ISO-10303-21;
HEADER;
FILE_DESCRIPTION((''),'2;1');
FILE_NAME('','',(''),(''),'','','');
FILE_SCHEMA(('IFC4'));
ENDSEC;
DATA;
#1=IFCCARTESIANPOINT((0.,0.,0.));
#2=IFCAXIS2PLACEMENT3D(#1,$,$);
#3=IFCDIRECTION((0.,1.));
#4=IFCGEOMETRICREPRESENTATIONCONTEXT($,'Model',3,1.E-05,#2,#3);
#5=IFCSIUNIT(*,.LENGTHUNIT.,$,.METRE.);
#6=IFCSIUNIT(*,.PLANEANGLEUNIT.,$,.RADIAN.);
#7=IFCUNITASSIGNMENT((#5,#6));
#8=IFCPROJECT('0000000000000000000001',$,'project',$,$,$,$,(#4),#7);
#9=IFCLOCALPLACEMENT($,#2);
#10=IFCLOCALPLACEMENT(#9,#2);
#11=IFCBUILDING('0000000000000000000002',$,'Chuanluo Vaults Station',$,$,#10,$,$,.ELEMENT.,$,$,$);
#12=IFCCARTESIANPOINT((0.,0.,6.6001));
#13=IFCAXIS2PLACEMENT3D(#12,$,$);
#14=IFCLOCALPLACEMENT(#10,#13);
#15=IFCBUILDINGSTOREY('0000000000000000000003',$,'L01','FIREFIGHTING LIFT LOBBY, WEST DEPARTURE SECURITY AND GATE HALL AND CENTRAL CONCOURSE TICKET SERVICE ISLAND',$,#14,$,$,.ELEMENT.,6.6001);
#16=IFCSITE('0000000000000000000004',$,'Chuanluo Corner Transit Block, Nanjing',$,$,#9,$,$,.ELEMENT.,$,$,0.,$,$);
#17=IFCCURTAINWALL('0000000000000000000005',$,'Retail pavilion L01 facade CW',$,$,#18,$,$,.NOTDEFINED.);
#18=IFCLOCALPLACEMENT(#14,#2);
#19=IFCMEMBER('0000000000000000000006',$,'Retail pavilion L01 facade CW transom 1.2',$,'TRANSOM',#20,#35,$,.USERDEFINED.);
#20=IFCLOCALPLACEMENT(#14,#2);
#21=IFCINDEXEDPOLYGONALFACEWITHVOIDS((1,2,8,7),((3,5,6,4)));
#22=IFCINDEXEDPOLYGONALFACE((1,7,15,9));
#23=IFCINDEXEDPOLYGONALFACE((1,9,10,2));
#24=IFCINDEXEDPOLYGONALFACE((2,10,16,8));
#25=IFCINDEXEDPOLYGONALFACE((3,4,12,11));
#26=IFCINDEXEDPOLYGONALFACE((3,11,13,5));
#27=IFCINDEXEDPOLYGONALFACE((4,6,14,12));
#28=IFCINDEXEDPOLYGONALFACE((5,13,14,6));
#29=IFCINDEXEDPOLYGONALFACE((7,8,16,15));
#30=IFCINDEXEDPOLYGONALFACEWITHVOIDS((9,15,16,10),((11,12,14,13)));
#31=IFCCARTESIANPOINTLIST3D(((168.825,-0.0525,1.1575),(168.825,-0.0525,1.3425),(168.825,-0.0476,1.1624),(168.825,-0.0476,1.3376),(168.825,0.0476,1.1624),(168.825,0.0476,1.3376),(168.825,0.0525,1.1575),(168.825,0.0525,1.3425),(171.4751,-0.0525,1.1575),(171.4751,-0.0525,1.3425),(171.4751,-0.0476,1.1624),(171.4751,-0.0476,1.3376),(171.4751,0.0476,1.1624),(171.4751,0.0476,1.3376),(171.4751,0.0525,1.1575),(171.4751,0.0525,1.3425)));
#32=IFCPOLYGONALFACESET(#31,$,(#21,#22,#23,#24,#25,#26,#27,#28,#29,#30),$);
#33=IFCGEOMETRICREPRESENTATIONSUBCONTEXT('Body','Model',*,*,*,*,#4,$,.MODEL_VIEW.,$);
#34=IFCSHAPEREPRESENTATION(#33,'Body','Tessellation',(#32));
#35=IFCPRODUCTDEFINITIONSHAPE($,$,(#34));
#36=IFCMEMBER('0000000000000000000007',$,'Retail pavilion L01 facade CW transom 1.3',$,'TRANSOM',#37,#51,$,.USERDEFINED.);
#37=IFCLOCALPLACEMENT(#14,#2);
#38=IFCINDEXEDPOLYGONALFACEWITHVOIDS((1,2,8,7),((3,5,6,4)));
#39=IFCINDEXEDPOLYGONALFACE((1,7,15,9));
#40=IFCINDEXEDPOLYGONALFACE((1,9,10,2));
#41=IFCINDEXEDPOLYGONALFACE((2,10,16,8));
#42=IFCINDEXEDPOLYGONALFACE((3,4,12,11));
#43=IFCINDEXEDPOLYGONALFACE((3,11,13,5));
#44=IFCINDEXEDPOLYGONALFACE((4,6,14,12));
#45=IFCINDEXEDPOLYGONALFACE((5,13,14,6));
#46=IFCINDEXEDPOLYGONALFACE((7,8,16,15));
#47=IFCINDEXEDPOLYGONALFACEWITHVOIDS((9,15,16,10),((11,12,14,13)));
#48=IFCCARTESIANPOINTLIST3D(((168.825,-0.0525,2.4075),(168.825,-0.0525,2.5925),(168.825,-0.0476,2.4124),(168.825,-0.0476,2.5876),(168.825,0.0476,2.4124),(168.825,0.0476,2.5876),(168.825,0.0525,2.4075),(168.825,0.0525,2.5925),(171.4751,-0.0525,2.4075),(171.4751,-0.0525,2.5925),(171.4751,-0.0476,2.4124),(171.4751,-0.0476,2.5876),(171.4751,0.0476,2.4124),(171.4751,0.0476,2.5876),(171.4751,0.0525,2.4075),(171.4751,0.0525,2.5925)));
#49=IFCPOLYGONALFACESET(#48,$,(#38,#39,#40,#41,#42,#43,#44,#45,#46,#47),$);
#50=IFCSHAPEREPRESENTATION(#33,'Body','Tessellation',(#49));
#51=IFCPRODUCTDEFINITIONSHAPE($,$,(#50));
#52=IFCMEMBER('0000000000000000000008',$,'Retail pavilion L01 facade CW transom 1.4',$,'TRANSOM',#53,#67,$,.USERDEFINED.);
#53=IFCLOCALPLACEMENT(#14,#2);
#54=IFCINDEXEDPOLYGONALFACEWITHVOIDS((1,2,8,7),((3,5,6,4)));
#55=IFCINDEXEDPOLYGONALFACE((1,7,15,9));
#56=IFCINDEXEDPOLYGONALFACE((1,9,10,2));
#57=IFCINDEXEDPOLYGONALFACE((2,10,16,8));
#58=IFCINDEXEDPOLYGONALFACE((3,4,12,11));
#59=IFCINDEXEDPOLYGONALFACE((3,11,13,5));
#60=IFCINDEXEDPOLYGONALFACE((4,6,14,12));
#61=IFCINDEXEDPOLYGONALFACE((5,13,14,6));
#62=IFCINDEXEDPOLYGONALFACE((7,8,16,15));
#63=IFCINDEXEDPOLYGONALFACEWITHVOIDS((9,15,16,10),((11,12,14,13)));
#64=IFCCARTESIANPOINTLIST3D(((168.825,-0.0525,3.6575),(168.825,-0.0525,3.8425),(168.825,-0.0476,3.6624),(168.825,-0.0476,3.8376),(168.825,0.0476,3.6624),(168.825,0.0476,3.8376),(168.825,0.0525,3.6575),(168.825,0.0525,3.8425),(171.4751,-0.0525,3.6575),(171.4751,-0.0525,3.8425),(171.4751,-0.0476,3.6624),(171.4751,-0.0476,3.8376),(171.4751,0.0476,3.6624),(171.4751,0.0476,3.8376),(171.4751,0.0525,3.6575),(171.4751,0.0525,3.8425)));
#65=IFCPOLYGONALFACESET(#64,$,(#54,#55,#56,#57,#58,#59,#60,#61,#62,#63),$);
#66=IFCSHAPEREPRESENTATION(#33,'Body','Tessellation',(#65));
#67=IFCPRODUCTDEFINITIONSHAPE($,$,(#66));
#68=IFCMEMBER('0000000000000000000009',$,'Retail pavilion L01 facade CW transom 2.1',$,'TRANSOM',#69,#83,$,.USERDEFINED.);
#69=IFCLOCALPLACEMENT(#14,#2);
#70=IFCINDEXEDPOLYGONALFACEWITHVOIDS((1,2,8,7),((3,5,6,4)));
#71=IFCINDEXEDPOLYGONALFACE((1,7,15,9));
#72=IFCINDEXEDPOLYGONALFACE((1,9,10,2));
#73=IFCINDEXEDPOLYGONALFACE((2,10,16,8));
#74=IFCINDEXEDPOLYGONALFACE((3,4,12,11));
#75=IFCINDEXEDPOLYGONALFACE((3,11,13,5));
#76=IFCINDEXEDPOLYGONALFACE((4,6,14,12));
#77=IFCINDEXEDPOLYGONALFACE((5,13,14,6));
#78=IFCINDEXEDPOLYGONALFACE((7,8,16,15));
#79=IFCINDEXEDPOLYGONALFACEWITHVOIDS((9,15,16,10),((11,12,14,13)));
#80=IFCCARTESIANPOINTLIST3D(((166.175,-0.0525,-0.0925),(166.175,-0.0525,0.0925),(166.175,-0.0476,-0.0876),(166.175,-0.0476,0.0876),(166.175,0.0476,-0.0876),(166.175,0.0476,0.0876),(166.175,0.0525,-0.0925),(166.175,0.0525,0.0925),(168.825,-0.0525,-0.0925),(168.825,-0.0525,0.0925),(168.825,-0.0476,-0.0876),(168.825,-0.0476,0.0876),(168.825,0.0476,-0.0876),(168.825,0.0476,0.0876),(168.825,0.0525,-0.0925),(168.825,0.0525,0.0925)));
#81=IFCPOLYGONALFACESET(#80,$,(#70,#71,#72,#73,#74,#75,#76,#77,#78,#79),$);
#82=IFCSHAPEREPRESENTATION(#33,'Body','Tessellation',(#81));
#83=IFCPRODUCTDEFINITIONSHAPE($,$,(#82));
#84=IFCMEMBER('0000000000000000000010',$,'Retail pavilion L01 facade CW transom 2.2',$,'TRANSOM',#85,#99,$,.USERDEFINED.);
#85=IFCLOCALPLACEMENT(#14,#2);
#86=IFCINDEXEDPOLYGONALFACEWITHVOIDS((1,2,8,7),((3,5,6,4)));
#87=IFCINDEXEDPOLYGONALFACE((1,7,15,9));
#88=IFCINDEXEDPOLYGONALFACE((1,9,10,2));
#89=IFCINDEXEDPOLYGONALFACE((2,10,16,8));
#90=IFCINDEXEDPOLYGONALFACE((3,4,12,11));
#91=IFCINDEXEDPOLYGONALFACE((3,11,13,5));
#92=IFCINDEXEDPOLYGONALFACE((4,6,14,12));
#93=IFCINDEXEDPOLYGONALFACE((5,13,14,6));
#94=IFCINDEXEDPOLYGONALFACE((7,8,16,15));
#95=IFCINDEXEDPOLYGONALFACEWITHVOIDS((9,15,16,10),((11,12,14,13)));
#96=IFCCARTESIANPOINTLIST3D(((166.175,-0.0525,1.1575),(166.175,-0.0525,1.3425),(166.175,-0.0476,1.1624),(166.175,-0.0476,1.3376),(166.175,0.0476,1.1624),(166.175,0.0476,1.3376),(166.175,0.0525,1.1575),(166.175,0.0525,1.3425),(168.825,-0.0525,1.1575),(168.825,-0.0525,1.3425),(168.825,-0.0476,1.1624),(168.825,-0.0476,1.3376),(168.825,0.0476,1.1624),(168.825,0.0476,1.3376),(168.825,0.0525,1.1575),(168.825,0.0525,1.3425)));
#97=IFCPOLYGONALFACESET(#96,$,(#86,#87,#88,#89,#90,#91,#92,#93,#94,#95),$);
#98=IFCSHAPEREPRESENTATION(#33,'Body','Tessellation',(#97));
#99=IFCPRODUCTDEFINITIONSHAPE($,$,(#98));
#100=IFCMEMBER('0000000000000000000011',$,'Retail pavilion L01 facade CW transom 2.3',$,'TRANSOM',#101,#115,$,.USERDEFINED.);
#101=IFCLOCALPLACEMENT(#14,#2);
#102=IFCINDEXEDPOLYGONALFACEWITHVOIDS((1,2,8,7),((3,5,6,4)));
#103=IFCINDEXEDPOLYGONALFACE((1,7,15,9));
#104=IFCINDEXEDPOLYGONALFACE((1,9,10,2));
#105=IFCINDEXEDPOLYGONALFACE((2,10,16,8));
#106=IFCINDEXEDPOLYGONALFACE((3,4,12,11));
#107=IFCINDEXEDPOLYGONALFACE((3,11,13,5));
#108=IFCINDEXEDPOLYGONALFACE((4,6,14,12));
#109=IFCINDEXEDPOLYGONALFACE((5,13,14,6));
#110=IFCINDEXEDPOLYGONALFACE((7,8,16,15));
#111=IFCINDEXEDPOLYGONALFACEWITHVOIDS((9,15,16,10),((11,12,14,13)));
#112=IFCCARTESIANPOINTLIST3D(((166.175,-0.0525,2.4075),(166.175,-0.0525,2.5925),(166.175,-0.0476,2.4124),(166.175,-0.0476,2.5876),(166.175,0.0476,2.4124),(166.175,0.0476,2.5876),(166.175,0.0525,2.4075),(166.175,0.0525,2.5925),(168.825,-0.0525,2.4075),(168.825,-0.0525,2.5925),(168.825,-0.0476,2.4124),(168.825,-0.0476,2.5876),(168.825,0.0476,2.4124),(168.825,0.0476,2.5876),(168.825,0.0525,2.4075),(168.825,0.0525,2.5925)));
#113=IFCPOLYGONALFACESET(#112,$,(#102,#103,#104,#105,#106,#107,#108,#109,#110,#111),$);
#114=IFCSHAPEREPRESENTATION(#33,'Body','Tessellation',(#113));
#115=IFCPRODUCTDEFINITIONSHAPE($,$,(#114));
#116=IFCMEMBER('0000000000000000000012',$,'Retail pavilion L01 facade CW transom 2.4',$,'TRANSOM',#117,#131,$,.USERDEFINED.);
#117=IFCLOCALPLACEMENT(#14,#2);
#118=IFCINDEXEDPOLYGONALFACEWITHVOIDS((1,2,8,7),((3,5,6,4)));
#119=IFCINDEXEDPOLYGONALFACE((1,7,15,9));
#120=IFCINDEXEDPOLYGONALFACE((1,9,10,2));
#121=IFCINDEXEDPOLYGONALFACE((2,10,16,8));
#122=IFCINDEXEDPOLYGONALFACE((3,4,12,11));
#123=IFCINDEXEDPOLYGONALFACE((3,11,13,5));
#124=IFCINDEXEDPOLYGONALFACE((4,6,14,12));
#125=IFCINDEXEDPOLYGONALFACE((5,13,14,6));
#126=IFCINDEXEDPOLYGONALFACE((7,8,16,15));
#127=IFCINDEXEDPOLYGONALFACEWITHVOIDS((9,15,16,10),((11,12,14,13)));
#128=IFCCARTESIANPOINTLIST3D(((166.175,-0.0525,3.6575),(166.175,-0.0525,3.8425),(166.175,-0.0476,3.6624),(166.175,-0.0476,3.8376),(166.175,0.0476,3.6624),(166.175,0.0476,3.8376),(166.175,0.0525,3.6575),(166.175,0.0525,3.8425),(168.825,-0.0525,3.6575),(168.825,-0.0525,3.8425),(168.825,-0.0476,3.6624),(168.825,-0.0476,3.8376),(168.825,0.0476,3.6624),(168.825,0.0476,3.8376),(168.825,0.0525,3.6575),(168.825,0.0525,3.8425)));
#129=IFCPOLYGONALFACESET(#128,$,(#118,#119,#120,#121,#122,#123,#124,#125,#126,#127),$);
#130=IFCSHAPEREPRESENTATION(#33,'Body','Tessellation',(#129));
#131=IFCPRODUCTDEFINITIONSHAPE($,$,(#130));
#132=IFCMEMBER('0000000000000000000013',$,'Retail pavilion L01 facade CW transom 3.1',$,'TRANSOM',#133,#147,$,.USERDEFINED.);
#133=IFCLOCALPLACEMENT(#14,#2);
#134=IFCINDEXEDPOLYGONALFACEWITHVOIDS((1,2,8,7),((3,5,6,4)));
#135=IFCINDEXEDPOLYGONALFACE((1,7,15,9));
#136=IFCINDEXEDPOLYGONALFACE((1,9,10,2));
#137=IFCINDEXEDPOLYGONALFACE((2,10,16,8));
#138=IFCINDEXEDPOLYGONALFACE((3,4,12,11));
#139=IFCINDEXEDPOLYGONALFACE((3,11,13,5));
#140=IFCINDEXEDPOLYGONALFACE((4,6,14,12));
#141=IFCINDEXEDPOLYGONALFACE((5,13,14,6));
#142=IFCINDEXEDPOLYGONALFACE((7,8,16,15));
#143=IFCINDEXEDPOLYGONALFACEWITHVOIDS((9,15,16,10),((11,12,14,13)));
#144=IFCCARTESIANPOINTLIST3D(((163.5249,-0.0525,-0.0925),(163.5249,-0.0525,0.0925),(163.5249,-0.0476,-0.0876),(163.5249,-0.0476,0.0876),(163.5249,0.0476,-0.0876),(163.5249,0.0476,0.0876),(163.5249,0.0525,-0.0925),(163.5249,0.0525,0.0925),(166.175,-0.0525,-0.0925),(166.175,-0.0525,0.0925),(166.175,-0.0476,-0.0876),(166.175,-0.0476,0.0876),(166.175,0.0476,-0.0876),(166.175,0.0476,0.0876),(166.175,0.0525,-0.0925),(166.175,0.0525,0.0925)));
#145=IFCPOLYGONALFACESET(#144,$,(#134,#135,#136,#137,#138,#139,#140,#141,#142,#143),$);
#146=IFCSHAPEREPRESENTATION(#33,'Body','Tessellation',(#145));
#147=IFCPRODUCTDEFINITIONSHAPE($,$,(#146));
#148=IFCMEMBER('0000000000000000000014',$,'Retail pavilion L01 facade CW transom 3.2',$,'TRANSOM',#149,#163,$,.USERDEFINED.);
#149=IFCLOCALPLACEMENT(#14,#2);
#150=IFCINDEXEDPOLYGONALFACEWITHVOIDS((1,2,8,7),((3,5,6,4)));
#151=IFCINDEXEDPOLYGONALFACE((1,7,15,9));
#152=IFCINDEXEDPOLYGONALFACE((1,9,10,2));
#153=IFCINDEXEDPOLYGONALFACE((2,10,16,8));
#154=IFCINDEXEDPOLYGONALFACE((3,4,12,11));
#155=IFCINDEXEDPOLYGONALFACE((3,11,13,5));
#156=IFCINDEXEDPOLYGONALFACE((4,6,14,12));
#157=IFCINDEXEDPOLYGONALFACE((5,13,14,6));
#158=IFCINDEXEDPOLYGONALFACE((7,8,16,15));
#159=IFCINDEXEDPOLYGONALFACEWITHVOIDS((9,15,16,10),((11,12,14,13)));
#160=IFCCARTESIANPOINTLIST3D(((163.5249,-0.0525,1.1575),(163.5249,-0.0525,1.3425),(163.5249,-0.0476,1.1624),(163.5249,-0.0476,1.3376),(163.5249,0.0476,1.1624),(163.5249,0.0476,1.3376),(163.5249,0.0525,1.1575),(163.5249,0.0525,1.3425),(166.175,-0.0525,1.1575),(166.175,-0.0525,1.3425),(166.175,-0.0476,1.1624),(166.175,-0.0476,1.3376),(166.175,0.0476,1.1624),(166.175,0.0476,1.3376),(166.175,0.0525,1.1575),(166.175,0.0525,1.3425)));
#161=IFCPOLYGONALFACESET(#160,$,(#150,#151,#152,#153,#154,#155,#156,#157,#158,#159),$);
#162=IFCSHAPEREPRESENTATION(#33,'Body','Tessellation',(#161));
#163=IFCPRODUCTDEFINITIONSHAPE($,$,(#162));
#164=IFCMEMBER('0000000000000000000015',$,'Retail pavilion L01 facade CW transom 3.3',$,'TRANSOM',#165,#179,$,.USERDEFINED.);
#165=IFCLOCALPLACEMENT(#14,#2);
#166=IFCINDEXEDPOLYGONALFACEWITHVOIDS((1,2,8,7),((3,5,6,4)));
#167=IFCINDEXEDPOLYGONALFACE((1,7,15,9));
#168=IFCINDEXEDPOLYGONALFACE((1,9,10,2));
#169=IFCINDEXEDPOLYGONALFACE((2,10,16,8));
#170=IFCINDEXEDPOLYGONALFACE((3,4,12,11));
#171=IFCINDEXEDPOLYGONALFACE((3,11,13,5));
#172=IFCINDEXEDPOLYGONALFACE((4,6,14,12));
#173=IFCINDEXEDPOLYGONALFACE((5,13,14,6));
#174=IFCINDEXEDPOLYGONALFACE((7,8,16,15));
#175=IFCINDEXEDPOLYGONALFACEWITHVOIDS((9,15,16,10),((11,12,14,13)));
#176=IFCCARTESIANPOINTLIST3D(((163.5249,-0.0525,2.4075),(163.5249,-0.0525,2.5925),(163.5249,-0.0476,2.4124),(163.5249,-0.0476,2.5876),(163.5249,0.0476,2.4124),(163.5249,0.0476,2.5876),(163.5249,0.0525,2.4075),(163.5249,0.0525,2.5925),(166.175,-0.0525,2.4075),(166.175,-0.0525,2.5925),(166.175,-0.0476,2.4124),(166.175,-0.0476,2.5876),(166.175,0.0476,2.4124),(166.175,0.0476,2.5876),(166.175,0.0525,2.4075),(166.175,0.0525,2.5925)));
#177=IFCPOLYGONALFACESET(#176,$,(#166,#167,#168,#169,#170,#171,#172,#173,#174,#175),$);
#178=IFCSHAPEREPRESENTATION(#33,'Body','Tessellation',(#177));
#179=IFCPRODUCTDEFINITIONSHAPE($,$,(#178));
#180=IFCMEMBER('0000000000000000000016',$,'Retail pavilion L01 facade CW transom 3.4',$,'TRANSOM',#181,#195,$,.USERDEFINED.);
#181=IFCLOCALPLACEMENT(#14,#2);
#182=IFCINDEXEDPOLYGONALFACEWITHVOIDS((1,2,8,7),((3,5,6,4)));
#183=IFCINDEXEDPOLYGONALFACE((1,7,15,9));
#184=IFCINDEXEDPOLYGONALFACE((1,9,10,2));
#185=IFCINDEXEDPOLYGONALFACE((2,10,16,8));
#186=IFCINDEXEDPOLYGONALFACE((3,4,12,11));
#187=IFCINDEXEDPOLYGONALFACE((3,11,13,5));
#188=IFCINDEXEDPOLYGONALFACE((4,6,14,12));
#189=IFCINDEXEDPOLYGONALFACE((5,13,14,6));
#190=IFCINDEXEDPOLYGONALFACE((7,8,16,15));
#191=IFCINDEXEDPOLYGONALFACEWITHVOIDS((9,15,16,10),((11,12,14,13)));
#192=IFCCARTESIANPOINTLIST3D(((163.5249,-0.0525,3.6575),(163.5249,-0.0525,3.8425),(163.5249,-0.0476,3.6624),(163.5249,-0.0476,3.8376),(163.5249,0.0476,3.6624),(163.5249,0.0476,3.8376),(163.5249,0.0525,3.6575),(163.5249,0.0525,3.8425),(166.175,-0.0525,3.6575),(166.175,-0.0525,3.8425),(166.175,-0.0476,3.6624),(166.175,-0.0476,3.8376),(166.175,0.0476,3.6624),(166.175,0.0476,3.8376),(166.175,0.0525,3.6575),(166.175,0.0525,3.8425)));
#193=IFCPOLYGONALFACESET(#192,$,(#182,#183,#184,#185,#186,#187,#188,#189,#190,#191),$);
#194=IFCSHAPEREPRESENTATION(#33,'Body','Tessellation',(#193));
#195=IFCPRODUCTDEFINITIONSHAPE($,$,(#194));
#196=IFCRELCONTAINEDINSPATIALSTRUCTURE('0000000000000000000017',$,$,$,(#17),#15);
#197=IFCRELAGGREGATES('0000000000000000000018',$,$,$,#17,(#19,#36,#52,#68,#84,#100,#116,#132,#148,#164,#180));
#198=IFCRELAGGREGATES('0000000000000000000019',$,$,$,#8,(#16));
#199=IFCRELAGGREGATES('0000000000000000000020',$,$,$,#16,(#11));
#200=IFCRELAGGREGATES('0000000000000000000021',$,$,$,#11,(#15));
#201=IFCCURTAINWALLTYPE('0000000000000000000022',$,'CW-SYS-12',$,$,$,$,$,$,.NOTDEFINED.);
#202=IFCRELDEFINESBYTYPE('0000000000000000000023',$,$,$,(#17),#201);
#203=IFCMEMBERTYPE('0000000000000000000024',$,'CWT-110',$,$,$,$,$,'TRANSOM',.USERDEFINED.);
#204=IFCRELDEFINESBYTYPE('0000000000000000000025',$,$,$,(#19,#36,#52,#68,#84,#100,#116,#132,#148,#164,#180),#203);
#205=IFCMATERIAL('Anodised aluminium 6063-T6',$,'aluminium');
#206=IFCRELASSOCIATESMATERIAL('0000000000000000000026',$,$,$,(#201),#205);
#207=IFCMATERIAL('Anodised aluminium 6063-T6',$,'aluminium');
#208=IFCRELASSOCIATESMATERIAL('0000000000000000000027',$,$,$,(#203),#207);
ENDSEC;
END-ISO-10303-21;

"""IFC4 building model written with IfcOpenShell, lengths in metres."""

from ifc_helpers import new_model, si_unit, direction, frame, origin, origin_2d, place, context, subcontext, project, spatial, hollow_rectangle, extrude, material, material_profile, profile_set, type_object, element, aggregate, save


model = new_model("IFC4")

# Units and contexts
model_context = context("Model", 3, precision=1e-05, world=origin(), true_north=direction((0.0, 1.0)))
body_context = subcontext(model_context, "Body", "Model", "MODEL_VIEW")
ifc_project = project(units=[si_unit("LENGTHUNIT", "METRE"), si_unit("PLANEANGLEUNIT", "RADIAN")], contexts=[model_context])

# Site, building, storey
site_placement = place(None, origin())
site = spatial("IfcSite", under=ifc_project, at=site_placement, Name="Chuanluo Corner Transit Block, Nanjing", CompositionType="ELEMENT", RefElevation=0.0)
building_placement = place(site_placement, origin())
building = spatial("IfcBuilding", under=site, at=building_placement, Name="Chuanluo Vaults Station", CompositionType="ELEMENT")
storey_placement = place(building_placement, frame((0.0, 0.0, 6.6001)))
storey = spatial("IfcBuildingStorey", under=building, at=storey_placement, Name="L01", Description="FIREFIGHTING LIFT LOBBY, WEST DEPARTURE SECURITY AND GATE HALL AND CENTRAL CONCOURSE TICKET SERVICE ISLAND", CompositionType="ELEMENT", Elevation=6.6001)

# Curtain wall, members
ifc_material_1 = material(Name="Anodised aluminium 6063-T6", Category="aluminium")
curtain_wall_type = type_object("IfcCurtainWallType", Name="CW-SYS-12", PredefinedType="NOTDEFINED", material=ifc_material_1)
curtain_wall_placement = place(storey_placement, origin())
curtain_wall = element("IfcCurtainWall", 1, at=curtain_wall_placement, inside=storey, type_object=curtain_wall_type, Name="Retail pavilion L01 facade CW", PredefinedType="NOTDEFINED")
ifc_material_2 = material(Name="Anodised aluminium 6063-T6", Category="aluminium")
ifc_material_profile_1 = material_profile(ifc_material_2, hollow_rectangle(XDim=0.105, YDim=0.1851, WallThickness=0.0049, at=origin_2d()))
ifc_profile_set_1 = profile_set([ifc_material_profile_1], Name="Anodised aluminium 6063-T6")
member_type_1 = type_object("IfcMemberType", Name="CWT-110", ElementType="TRANSOM", PredefinedType="USERDEFINED", material=ifc_profile_set_1)
member_1_placement = place(storey_placement, frame((171.4751, 0.0, 1.25), z_axis=(-1.0, 0.0, 0.0), x_axis=(0.0, -1.0, 0.0)))
member_1 = element("IfcMember", 2, at=member_1_placement, type_object=member_type_1, Name="Retail pavilion L01 facade CW transom 1.2", ObjectType="TRANSOM", PredefinedType="USERDEFINED", context=body_context, shape_type="SweptSolid", body=[
    extrude(hollow_rectangle(XDim=0.105, YDim=0.1851, WallThickness=0.0049, at=origin_2d()), origin(), (0.0, 0.0, 1.0), 2.6501),
])
member_2_placement = place(storey_placement, frame((171.4751, 0.0, 2.5), z_axis=(-1.0, 0.0, 0.0), x_axis=(0.0, -1.0, 0.0)))
member_2 = element("IfcMember", 3, at=member_2_placement, type_object=member_type_1, Name="Retail pavilion L01 facade CW transom 1.3", ObjectType="TRANSOM", PredefinedType="USERDEFINED", context=body_context, shape_type="SweptSolid", body=[
    extrude(hollow_rectangle(XDim=0.105, YDim=0.1851, WallThickness=0.0049, at=origin_2d()), origin(), (0.0, 0.0, 1.0), 2.6501),
])
member_3_placement = place(storey_placement, frame((171.4751, 0.0, 3.75), z_axis=(-1.0, 0.0, 0.0), x_axis=(0.0, -1.0, 0.0)))
member_3 = element("IfcMember", 4, at=member_3_placement, type_object=member_type_1, Name="Retail pavilion L01 facade CW transom 1.4", ObjectType="TRANSOM", PredefinedType="USERDEFINED", context=body_context, shape_type="SweptSolid", body=[
    extrude(hollow_rectangle(XDim=0.105, YDim=0.1851, WallThickness=0.0049, at=origin_2d()), origin(), (0.0, 0.0, 1.0), 2.6501),
])
member_4_placement = place(storey_placement, frame((168.825, 0.0, 0.0), z_axis=(-1.0, 0.0, 0.0), x_axis=(0.0, -1.0, 0.0)))
member_4 = element("IfcMember", 5, at=member_4_placement, type_object=member_type_1, Name="Retail pavilion L01 facade CW transom 2.1", ObjectType="TRANSOM", PredefinedType="USERDEFINED", context=body_context, shape_type="SweptSolid", body=[
    extrude(hollow_rectangle(XDim=0.105, YDim=0.1851, WallThickness=0.0049, at=origin_2d()), origin(), (0.0, 0.0, 1.0), 2.6499),
])
member_5_placement = place(storey_placement, frame((168.825, 0.0, 1.25), z_axis=(-1.0, 0.0, 0.0), x_axis=(0.0, -1.0, 0.0)))
member_5 = element("IfcMember", 6, at=member_5_placement, type_object=member_type_1, Name="Retail pavilion L01 facade CW transom 2.2", ObjectType="TRANSOM", PredefinedType="USERDEFINED", context=body_context, shape_type="SweptSolid", body=[
    extrude(hollow_rectangle(XDim=0.105, YDim=0.1851, WallThickness=0.0049, at=origin_2d()), origin(), (0.0, 0.0, 1.0), 2.6499),
])
member_6_placement = place(storey_placement, frame((168.825, 0.0, 2.5), z_axis=(-1.0, 0.0, 0.0), x_axis=(0.0, -1.0, 0.0)))
member_6 = element("IfcMember", 7, at=member_6_placement, type_object=member_type_1, Name="Retail pavilion L01 facade CW transom 2.3", ObjectType="TRANSOM", PredefinedType="USERDEFINED", context=body_context, shape_type="SweptSolid", body=[
    extrude(hollow_rectangle(XDim=0.105, YDim=0.1851, WallThickness=0.0049, at=origin_2d()), origin(), (0.0, 0.0, 1.0), 2.6499),
])
member_7_placement = place(storey_placement, frame((168.825, 0.0, 3.75), z_axis=(-1.0, 0.0, 0.0), x_axis=(0.0, -1.0, 0.0)))
member_7 = element("IfcMember", 8, at=member_7_placement, type_object=member_type_1, Name="Retail pavilion L01 facade CW transom 2.4", ObjectType="TRANSOM", PredefinedType="USERDEFINED", context=body_context, shape_type="SweptSolid", body=[
    extrude(hollow_rectangle(XDim=0.105, YDim=0.1851, WallThickness=0.0049, at=origin_2d()), origin(), (0.0, 0.0, 1.0), 2.6499),
])
member_8_placement = place(storey_placement, frame((166.175, 0.0, 0.0), z_axis=(-1.0, 0.0, 0.0), x_axis=(0.0, -1.0, 0.0)))
member_8 = element("IfcMember", 9, at=member_8_placement, type_object=member_type_1, Name="Retail pavilion L01 facade CW transom 3.1", ObjectType="TRANSOM", PredefinedType="USERDEFINED", context=body_context, shape_type="SweptSolid", body=[
    extrude(hollow_rectangle(XDim=0.105, YDim=0.1851, WallThickness=0.0049, at=origin_2d()), origin(), (0.0, 0.0, 1.0), 2.6501),
])
member_9_placement = place(storey_placement, frame((166.175, 0.0, 1.25), z_axis=(-1.0, 0.0, 0.0), x_axis=(0.0, -1.0, 0.0)))
member_9 = element("IfcMember", 10, at=member_9_placement, type_object=member_type_1, Name="Retail pavilion L01 facade CW transom 3.2", ObjectType="TRANSOM", PredefinedType="USERDEFINED", context=body_context, shape_type="SweptSolid", body=[
    extrude(hollow_rectangle(XDim=0.105, YDim=0.1851, WallThickness=0.0049, at=origin_2d()), origin(), (0.0, 0.0, 1.0), 2.6501),
])
member_10_placement = place(storey_placement, frame((166.175, 0.0, 2.5), z_axis=(-1.0, 0.0, 0.0), x_axis=(0.0, -1.0, 0.0)))
member_10 = element("IfcMember", 11, at=member_10_placement, type_object=member_type_1, Name="Retail pavilion L01 facade CW transom 3.3", ObjectType="TRANSOM", PredefinedType="USERDEFINED", context=body_context, shape_type="SweptSolid", body=[
    extrude(hollow_rectangle(XDim=0.105, YDim=0.1851, WallThickness=0.0049, at=origin_2d()), origin(), (0.0, 0.0, 1.0), 2.6501),
])
member_11_placement = place(storey_placement, frame((166.175, 0.0, 3.75), z_axis=(-1.0, 0.0, 0.0), x_axis=(0.0, -1.0, 0.0)))
member_11 = element("IfcMember", 12, at=member_11_placement, type_object=member_type_1, Name="Retail pavilion L01 facade CW transom 3.4", ObjectType="TRANSOM", PredefinedType="USERDEFINED", context=body_context, shape_type="SweptSolid", body=[
    extrude(hollow_rectangle(XDim=0.105, YDim=0.1851, WallThickness=0.0049, at=origin_2d()), origin(), (0.0, 0.0, 1.0), 2.6501),
])
aggregate(curtain_wall, [member_1, member_2, member_3, member_4, member_5, member_6, member_7, member_8, member_9, member_10, member_11])

save(model, "model.ifc")
